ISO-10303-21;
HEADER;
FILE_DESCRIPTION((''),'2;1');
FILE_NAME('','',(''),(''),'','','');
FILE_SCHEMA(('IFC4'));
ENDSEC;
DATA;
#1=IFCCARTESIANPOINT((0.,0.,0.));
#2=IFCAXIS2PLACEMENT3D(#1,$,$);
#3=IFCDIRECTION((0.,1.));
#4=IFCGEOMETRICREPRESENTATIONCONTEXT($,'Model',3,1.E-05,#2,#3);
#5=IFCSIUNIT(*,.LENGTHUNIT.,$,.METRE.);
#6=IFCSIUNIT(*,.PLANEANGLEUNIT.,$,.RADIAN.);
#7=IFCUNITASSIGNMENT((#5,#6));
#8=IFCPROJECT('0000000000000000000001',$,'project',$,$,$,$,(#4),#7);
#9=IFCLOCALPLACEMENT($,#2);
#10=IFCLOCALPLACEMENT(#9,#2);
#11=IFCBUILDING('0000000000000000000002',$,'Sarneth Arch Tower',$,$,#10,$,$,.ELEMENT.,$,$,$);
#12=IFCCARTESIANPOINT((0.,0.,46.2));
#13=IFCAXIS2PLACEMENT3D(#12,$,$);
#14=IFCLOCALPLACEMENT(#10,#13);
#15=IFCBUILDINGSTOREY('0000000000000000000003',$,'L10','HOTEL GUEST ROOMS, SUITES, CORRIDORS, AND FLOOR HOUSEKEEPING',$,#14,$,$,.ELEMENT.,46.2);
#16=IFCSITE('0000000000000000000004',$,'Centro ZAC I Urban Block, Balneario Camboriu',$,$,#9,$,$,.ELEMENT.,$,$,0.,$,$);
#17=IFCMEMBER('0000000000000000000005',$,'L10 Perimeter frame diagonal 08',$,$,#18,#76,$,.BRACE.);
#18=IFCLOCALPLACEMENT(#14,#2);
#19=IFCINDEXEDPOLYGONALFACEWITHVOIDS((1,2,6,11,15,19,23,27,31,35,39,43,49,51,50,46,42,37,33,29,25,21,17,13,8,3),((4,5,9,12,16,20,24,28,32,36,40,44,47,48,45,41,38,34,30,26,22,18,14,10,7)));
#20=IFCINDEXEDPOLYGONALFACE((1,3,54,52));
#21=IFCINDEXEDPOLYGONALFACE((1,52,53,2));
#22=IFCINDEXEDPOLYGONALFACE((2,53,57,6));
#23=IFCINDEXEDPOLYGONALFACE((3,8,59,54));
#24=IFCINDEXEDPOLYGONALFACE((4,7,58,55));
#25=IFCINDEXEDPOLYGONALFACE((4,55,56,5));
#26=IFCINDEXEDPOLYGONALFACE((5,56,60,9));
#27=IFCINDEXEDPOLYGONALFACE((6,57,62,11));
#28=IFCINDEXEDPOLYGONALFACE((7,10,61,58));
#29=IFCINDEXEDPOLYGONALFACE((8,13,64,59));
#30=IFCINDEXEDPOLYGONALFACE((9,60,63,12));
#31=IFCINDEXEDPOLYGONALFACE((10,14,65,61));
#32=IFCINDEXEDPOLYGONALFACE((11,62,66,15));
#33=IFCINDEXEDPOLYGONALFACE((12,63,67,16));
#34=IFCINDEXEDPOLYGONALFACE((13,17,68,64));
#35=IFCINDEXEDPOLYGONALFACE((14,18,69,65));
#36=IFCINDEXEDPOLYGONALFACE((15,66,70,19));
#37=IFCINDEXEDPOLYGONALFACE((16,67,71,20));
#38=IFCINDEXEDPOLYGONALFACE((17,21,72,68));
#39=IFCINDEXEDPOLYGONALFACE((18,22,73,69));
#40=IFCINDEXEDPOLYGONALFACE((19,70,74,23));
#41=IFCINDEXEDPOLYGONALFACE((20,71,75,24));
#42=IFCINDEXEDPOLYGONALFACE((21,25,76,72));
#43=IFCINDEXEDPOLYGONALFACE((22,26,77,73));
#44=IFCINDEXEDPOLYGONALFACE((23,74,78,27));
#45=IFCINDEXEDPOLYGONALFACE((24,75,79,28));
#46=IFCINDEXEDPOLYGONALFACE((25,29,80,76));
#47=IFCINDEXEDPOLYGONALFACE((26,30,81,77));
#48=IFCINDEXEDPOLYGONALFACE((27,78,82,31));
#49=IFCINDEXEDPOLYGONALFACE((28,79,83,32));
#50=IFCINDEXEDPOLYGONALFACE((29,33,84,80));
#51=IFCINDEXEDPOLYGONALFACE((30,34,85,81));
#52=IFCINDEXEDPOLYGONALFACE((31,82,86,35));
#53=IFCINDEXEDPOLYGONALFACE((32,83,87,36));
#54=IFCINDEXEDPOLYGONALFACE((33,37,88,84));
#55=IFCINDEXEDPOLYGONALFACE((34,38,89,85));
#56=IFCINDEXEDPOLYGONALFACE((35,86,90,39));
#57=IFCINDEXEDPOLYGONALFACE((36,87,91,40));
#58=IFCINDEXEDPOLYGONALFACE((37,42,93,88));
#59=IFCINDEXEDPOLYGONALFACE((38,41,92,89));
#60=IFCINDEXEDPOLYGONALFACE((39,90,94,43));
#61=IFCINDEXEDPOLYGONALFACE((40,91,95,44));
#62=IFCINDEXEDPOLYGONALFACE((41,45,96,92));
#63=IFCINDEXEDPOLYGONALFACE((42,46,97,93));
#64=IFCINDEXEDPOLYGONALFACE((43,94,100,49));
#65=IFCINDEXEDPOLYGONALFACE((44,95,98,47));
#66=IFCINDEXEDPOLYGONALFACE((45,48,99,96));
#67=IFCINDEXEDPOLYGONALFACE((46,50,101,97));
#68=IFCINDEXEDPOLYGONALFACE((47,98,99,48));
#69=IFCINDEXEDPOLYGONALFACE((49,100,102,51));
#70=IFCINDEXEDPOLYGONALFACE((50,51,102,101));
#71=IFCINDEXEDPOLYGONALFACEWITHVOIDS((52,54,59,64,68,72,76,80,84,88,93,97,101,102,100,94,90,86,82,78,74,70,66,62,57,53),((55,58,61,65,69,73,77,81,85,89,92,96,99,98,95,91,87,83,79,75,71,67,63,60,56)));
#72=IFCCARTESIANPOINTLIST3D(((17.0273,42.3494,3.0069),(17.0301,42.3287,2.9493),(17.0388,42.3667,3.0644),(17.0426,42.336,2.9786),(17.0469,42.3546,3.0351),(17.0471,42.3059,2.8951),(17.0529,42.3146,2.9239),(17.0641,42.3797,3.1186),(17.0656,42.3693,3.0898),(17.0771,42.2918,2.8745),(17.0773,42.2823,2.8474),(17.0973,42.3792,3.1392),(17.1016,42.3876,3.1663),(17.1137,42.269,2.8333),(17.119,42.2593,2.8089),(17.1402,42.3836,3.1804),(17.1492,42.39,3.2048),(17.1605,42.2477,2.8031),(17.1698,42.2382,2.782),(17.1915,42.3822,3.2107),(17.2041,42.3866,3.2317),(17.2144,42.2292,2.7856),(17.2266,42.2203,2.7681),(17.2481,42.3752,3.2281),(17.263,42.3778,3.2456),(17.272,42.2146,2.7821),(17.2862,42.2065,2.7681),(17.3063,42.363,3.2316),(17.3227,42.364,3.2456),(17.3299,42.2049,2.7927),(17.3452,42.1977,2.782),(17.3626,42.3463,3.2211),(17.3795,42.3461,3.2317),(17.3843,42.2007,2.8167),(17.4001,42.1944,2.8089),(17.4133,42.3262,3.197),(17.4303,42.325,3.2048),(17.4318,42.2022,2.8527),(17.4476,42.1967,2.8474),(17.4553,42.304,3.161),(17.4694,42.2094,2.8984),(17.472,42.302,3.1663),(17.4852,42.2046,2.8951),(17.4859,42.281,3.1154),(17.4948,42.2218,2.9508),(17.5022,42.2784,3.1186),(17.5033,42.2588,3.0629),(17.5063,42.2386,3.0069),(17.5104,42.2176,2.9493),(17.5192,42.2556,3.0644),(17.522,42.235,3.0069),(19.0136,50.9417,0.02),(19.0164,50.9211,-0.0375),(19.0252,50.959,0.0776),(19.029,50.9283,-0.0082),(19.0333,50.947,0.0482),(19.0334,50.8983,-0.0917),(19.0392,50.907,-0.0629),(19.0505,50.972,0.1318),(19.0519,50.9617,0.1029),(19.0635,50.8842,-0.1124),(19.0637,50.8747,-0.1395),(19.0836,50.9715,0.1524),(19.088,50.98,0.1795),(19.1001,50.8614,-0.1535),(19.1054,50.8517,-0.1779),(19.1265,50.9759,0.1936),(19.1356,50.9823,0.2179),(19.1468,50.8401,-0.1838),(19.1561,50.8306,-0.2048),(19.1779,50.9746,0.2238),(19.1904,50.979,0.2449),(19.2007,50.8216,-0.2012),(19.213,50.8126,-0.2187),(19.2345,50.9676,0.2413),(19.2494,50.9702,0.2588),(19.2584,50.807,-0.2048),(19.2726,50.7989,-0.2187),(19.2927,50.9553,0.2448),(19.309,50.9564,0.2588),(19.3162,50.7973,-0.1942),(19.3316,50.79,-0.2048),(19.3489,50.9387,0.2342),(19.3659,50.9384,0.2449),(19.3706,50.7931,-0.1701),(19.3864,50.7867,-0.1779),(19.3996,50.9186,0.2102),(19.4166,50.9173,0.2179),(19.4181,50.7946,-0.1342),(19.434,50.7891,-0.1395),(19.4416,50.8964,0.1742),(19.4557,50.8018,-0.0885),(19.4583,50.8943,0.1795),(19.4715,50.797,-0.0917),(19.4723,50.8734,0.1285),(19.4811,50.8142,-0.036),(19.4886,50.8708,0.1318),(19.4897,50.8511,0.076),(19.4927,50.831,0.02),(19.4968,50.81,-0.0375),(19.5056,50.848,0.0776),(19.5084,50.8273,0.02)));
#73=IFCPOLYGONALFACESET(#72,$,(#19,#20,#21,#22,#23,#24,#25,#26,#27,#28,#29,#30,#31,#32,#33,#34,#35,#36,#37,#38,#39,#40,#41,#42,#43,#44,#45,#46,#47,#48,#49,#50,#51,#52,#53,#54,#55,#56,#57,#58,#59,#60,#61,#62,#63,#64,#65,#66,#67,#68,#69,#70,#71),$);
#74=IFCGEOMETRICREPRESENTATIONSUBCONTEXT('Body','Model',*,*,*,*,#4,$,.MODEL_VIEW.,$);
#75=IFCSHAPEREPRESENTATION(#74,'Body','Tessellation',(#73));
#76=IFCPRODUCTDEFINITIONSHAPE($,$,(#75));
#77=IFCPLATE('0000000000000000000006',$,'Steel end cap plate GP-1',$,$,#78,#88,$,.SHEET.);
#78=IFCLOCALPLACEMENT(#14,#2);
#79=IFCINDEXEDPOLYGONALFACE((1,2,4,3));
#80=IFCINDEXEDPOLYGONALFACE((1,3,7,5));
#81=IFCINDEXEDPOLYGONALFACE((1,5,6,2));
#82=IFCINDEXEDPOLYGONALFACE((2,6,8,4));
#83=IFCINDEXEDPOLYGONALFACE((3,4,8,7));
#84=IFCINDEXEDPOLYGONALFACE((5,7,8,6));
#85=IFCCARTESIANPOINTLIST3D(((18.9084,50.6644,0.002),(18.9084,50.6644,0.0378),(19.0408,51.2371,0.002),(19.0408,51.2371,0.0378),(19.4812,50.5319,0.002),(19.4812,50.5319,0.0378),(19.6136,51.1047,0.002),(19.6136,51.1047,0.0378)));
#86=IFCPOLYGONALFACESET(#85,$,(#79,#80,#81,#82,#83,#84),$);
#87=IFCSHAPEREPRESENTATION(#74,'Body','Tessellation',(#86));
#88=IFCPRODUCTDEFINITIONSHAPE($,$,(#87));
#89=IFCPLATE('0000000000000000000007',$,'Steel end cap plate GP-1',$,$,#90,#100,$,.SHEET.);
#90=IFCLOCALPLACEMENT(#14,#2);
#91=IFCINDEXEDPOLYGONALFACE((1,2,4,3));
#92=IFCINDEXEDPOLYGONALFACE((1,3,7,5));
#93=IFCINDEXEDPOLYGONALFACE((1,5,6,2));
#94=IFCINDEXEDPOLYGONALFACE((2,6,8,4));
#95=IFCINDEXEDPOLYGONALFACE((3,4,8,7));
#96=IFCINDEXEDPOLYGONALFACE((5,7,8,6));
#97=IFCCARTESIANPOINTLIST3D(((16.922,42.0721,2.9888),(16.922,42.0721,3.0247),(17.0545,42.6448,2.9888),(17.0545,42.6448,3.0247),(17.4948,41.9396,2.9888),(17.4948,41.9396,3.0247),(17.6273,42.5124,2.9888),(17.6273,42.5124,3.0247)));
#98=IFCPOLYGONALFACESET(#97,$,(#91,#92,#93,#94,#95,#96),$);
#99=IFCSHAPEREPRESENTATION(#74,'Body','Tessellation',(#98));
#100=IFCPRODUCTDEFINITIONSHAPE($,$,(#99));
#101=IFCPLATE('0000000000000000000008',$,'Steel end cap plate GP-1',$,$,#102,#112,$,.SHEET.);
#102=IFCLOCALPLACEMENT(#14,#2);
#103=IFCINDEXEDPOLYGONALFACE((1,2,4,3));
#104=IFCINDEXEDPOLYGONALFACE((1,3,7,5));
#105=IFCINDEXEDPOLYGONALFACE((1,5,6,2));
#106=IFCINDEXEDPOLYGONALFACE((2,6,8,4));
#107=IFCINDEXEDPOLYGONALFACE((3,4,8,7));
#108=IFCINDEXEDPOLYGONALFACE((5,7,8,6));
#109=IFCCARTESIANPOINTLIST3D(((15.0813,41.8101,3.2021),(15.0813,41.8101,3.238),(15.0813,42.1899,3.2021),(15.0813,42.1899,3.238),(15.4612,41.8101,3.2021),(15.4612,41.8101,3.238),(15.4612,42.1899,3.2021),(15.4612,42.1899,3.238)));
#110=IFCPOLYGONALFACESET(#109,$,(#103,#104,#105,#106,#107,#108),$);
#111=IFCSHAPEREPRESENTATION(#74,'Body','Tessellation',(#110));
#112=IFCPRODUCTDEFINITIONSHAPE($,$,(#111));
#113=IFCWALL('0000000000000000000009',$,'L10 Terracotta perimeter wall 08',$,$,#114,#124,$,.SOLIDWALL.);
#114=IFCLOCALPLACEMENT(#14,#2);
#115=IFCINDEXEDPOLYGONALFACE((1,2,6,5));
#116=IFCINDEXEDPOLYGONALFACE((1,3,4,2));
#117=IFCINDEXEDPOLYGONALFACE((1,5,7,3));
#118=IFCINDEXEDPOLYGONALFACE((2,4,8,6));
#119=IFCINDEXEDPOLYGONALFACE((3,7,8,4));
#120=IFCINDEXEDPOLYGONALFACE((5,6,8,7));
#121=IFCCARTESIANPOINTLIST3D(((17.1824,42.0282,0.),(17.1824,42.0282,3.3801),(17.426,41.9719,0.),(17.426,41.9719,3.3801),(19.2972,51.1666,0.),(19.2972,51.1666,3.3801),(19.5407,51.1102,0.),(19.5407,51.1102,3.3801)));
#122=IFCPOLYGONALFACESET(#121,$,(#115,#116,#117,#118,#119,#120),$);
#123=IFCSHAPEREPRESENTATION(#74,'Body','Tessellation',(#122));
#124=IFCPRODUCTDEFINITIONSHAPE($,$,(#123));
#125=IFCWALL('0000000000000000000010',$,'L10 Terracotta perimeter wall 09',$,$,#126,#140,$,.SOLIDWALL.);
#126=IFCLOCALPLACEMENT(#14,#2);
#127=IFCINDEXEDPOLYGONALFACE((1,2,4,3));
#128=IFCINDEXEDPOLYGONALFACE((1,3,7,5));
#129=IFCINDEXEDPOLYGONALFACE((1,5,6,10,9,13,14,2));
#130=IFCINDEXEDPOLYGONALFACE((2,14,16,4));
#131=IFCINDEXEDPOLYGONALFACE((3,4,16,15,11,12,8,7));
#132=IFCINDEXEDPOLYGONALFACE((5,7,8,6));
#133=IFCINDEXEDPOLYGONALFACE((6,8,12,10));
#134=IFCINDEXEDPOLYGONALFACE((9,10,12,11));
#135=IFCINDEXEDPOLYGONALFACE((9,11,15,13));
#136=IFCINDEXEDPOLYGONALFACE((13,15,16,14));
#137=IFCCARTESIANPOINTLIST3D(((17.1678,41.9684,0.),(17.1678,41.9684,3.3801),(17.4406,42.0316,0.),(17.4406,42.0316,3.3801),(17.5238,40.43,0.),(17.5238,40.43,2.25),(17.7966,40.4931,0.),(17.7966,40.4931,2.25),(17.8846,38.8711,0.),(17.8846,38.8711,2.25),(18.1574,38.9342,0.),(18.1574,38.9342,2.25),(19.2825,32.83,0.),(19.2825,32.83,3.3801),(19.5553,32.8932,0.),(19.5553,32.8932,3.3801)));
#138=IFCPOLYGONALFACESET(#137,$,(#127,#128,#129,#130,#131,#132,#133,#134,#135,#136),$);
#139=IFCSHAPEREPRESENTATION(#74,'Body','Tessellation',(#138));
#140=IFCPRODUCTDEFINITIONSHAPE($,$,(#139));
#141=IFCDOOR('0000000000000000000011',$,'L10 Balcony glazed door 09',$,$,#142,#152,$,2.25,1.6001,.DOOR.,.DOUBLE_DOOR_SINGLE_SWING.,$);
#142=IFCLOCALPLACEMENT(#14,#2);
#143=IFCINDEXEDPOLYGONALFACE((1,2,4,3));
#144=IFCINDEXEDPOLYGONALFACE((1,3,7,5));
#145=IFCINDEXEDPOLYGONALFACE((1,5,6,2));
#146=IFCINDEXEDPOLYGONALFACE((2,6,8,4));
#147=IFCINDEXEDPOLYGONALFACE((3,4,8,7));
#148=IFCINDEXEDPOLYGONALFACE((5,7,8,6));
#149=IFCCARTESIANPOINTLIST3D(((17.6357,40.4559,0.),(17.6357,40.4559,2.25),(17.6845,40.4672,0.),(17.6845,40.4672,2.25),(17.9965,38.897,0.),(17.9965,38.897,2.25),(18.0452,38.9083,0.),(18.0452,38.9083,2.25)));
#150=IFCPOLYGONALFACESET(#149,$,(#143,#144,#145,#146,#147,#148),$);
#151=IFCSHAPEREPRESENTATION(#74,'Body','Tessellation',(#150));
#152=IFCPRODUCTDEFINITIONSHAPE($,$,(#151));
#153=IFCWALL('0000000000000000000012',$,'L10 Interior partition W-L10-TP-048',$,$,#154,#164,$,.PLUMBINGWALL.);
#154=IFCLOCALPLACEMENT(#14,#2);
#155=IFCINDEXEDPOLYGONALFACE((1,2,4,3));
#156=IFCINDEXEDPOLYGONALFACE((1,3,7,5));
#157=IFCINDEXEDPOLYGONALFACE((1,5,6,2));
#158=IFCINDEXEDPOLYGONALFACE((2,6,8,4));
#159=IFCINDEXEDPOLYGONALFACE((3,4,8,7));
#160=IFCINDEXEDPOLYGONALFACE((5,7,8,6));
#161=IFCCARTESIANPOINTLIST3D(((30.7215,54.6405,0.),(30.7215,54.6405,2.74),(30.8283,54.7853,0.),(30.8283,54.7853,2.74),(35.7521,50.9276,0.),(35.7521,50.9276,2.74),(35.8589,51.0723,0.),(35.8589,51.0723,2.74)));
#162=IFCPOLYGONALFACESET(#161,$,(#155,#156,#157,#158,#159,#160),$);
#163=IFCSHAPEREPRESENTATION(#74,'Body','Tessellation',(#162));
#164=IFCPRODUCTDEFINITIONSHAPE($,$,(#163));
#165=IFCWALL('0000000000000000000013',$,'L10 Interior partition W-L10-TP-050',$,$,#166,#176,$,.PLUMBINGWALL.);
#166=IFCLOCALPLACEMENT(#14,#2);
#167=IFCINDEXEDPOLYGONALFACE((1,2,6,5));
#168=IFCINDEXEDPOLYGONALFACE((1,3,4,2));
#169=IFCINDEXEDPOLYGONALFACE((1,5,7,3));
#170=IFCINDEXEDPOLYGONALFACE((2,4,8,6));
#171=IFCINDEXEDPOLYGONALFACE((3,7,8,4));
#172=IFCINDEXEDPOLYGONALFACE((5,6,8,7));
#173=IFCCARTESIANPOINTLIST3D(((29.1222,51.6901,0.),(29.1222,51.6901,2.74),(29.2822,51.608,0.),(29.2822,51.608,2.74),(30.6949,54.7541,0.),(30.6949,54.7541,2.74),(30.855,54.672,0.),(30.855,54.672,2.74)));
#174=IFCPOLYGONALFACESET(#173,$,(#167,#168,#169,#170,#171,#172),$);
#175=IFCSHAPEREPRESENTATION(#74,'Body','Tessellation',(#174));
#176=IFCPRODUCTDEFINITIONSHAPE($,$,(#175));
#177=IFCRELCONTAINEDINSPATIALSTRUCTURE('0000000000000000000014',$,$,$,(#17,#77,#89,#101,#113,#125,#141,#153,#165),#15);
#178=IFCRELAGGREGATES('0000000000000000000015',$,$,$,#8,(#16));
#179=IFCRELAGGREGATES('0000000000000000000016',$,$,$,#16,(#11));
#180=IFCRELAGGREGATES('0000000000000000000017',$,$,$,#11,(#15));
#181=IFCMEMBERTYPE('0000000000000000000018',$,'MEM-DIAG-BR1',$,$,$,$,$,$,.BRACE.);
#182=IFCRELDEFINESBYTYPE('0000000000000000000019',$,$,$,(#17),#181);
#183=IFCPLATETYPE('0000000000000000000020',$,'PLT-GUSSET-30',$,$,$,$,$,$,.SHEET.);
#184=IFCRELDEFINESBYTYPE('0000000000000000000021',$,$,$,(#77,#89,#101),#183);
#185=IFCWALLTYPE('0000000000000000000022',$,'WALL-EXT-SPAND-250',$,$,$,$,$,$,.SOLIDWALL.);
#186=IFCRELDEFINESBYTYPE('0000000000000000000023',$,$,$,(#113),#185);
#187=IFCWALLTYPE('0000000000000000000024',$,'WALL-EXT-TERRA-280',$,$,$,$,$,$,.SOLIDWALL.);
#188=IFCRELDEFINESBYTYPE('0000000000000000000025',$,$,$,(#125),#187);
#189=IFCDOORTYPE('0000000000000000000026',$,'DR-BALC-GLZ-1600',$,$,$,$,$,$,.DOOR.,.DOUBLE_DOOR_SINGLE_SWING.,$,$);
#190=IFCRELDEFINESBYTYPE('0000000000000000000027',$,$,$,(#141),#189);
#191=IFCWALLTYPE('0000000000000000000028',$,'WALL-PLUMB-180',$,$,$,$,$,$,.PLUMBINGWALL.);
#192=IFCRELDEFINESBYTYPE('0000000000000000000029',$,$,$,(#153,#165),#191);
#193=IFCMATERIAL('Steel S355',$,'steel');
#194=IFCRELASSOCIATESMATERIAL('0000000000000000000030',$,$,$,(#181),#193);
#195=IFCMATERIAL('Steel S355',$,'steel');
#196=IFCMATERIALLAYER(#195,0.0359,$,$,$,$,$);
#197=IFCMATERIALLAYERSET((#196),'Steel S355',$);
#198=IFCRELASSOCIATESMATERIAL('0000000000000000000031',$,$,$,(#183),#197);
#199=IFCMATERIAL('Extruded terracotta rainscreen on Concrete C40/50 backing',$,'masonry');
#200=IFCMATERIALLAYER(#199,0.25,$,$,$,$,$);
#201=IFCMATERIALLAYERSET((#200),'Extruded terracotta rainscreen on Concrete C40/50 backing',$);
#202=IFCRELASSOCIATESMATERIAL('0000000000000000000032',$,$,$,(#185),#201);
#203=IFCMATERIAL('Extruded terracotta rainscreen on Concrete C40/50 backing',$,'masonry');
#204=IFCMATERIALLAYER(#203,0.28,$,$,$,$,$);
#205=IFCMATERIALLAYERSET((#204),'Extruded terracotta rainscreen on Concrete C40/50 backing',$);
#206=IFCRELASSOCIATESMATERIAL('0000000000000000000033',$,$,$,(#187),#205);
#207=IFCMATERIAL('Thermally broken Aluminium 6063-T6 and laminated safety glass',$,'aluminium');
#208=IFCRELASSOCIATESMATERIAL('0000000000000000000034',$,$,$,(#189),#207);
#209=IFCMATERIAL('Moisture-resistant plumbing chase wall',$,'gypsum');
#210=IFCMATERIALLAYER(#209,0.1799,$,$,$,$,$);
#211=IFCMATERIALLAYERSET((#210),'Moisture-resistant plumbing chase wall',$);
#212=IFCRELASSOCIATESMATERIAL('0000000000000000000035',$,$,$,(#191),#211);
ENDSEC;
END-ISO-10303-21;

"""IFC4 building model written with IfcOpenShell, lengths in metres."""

from ifc_helpers import new_model, si_unit, direction, frame, frame_2d, origin, origin_2d, place, context, subcontext, project, spatial, rectangle, hollow_circle, extrude, material, layer, layer_set, material_profile, profile_set, type_object, element, fill, save


model = new_model("IFC4")

# Units and contexts
model_context = context("Model", 3, precision=1e-05, world=origin(), true_north=direction((0.0, 1.0)))
body_context = subcontext(model_context, "Body", "Model", "MODEL_VIEW")
ifc_project = project(units=[si_unit("LENGTHUNIT", "METRE"), si_unit("PLANEANGLEUNIT", "RADIAN")], contexts=[model_context])

# Site, building, storey
site_placement = place(None, origin())
site = spatial("IfcSite", under=ifc_project, at=site_placement, Name="Centro ZAC I Urban Block, Balneario Camboriu", CompositionType="ELEMENT", RefElevation=0.0)
building_placement = place(site_placement, origin())
building = spatial("IfcBuilding", under=site, at=building_placement, Name="Sarneth Arch Tower", CompositionType="ELEMENT")
storey_placement = place(building_placement, frame((0.0, 0.0, 46.2)))
storey = spatial("IfcBuildingStorey", under=building, at=storey_placement, Name="L10", Description="HOTEL GUEST ROOMS, SUITES, CORRIDORS, AND FLOOR HOUSEKEEPING", CompositionType="ELEMENT", Elevation=46.2)

# Member
ifc_material_1 = material(Name="Steel S355", Category="steel")
ifc_material_profile_1 = material_profile(ifc_material_1, hollow_circle(Radius=0.2539, WallThickness=0.0161, at=origin_2d()), Name="CHS508x16")
ifc_profile_set_1 = profile_set([ifc_material_profile_1], Name="Steel S355")
member_type_1 = type_object("IfcMemberType", Name="MEM-DIAG-BR1", PredefinedType="BRACE", material=ifc_profile_set_1)
member_1_placement = place(storey_placement, frame((19.261, 50.8845, 0.02), z_axis=(-0.213332, -0.922814, 0.320785), x_axis=(0.974304, -0.225236, 0.0)))
element("IfcMember", 1, at=member_1_placement, inside=storey, type_object=member_type_1, Name="L10 Perimeter frame diagonal 08", PredefinedType="BRACE", context=body_context, shape_type="SweptSolid", body=[
    extrude(hollow_circle(Radius=0.2539, WallThickness=0.0161, at=origin_2d()), origin(), (0.0, 0.0, 1.0), 9.311),
])

# Plates
ifc_material_2 = material(Name="Steel S355", Category="steel")
ifc_layer_1 = layer(ifc_material_2, 0.0359)
ifc_layer_set_1 = layer_set([ifc_layer_1], Name="Steel S355")
plate_type = type_object("IfcPlateType", Name="PLT-GUSSET-30", PredefinedType="SHEET", material=ifc_layer_set_1)
for number, where, z_axis, x_axis, name in (
    (2, (19.261, 50.8845, 0.002), (0.0, 0.0, 1.0), (-0.225291, -0.974291, 0.0), "Steel end cap plate GP-1"),
    (3, (17.2747, 42.2922, 2.9888), (0.0, 0.0, 1.0), (-0.225291, -0.974291, 0.0), "Steel end cap plate GP-1"),
):
    element("IfcPlate", number, at=place(storey_placement, frame(where, z_axis=z_axis, x_axis=x_axis)), inside=storey, type_object=plate_type, Name=name, PredefinedType="SHEET", context=body_context, shape_type="SweptSolid", body=[
        extrude(rectangle(XDim=0.5879, YDim=0.5879, at=origin_2d()), origin(), (0.0, 0.0, 1.0), 0.0359),
    ])
plate_placement = place(storey_placement, frame((15.2712, 42.0, 3.2021), z_axis=(0.0, 0.0, 1.0), x_axis=(-1.0, 0.0, 0.0)))
element("IfcPlate", 4, at=plate_placement, inside=storey, type_object=plate_type, Name="Steel end cap plate GP-1", PredefinedType="SHEET", context=body_context, shape_type="SweptSolid", body=[
    extrude(rectangle(XDim=0.3799, YDim=0.3799, at=origin_2d()), origin(), (0.0, 0.0, 1.0), 0.0359),
])

# Wall
ifc_material_3 = material(Name="Extruded terracotta rainscreen on Concrete C40/50 backing", Category="masonry")
ifc_layer_2 = layer(ifc_material_3, 0.25)
ifc_layer_set_2 = layer_set([ifc_layer_2], Name="Extruded terracotta rainscreen on Concrete C40/50 backing")
wall_type_1 = type_object("IfcWallType", Name="WALL-EXT-SPAND-250", PredefinedType="SOLIDWALL", material=ifc_layer_set_2)
wall_1_placement = place(storey_placement, frame((19.4189, 51.1384, 0.0), z_axis=(0.0, 0.0, 1.0), x_axis=(-0.225454, -0.974254, 0.0)))
element("IfcWall", 5, at=wall_1_placement, inside=storey, type_object=wall_type_1, Name="L10 Terracotta perimeter wall 08", PredefinedType="SOLIDWALL", context=body_context, shape_type="SweptSolid", body=[
    extrude(rectangle(XDim=9.3799, YDim=0.25, at=frame_2d((4.6899, 0.0))), origin(), (0.0, 0.0, 1.0), 3.3801),
])

# Wall, opening, door
ifc_material_4 = material(Name="Extruded terracotta rainscreen on Concrete C40/50 backing", Category="masonry")
ifc_layer_3 = layer(ifc_material_4, 0.28)
ifc_layer_set_3 = layer_set([ifc_layer_3], Name="Extruded terracotta rainscreen on Concrete C40/50 backing")
wall_type_2 = type_object("IfcWallType", Name="WALL-EXT-TERRA-280", PredefinedType="SOLIDWALL", material=ifc_layer_set_3)
wall_2_placement = place(storey_placement, frame((17.3042, 42.0, 0.0), z_axis=(0.0, 0.0, 1.0), x_axis=(0.225454, -0.974254, 0.0)))
wall_2 = element("IfcWall", 6, at=wall_2_placement, inside=storey, type_object=wall_type_2, Name="L10 Terracotta perimeter wall 09", PredefinedType="SOLIDWALL", context=body_context, shape_type="SweptSolid", body=[
    extrude(rectangle(XDim=9.3799, YDim=0.28, at=frame_2d((4.6899, 0.0))), origin(), (0.0, 0.0, 1.0), 3.3801),
])
opening_placement = place(wall_2_placement, frame((1.5791, 0.0, 0.0)))
opening = element("IfcOpeningElement", 7, at=opening_placement, cuts=wall_2, PredefinedType="OPENING", context=body_context, shape_type="SweptSolid", body=[
    extrude(rectangle(XDim=1.6001, YDim=2.25, at=frame_2d((0.8, 1.125))), frame((0.0, 0.1499, 0.0), z_axis=(0.0, -1.0, 0.0), x_axis=(1.0, 0.0, 0.0)), (0.0, 0.0, 1.0), 0.3),
])
ifc_material_5 = material(Name="Thermally broken Aluminium 6063-T6 and laminated safety glass", Category="aluminium")
door_type = type_object("IfcDoorType", Name="DR-BALC-GLZ-1600", OperationType="DOUBLE_DOOR_SINGLE_SWING", PredefinedType="DOOR", material=ifc_material_5)
door_placement = place(opening_placement, origin())
door = element("IfcDoor", 8, at=door_placement, inside=storey, type_object=door_type, Name="L10 Balcony glazed door 09", OperationType="DOUBLE_DOOR_SINGLE_SWING", OverallHeight=2.25, OverallWidth=1.6001, PredefinedType="DOOR", context=body_context, shape_type="SweptSolid", body=[
    extrude(rectangle(XDim=1.6001, YDim=2.25, at=frame_2d((0.8, 1.125))), frame((0.0, 0.0249, 0.0), z_axis=(0.0, -1.0, 0.0), x_axis=(1.0, 0.0, 0.0)), (0.0, 0.0, 1.0), 0.05),
])
fill(opening, door)

# Walls
ifc_material_6 = material(Name="Moisture-resistant plumbing chase wall", Category="gypsum")
ifc_layer_4 = layer(ifc_material_6, 0.1799)
ifc_layer_set_4 = layer_set([ifc_layer_4], Name="Moisture-resistant plumbing chase wall")
wall_type_3 = type_object("IfcWallType", Name="WALL-PLUMB-180", PredefinedType="PLUMBINGWALL", material=ifc_layer_set_4)
wall_3_placement = place(storey_placement, frame((30.7749, 54.7129, 0.0), z_axis=(0.0, 0.0, 1.0), x_axis=(0.804583, -0.593841, 0.0)))
element("IfcWall", 9, at=wall_3_placement, inside=storey, type_object=wall_type_3, Name="L10 Interior partition W-L10-TP-048", PredefinedType="PLUMBINGWALL", context=body_context, shape_type="SweptSolid", body=[
    extrude(rectangle(XDim=6.2524, YDim=0.1799, at=frame_2d((3.1262, 0.0))), origin(), (0.0, 0.0, 1.0), 2.74),
])
wall_4_placement = place(storey_placement, frame((29.2021, 51.6489, 0.0), z_axis=(0.0, 0.0, 1.0), x_axis=(0.456659, 0.889642, 0.0)))
element("IfcWall", 10, at=wall_4_placement, inside=storey, type_object=wall_type_3, Name="L10 Interior partition W-L10-TP-050", PredefinedType="PLUMBINGWALL", context=body_context, shape_type="SweptSolid", body=[
    extrude(rectangle(XDim=3.4441, YDim=0.1799, at=frame_2d((1.7222, 0.0))), origin(), (0.0, 0.0, 1.0), 2.74),
])

save(model, "model.ifc")
